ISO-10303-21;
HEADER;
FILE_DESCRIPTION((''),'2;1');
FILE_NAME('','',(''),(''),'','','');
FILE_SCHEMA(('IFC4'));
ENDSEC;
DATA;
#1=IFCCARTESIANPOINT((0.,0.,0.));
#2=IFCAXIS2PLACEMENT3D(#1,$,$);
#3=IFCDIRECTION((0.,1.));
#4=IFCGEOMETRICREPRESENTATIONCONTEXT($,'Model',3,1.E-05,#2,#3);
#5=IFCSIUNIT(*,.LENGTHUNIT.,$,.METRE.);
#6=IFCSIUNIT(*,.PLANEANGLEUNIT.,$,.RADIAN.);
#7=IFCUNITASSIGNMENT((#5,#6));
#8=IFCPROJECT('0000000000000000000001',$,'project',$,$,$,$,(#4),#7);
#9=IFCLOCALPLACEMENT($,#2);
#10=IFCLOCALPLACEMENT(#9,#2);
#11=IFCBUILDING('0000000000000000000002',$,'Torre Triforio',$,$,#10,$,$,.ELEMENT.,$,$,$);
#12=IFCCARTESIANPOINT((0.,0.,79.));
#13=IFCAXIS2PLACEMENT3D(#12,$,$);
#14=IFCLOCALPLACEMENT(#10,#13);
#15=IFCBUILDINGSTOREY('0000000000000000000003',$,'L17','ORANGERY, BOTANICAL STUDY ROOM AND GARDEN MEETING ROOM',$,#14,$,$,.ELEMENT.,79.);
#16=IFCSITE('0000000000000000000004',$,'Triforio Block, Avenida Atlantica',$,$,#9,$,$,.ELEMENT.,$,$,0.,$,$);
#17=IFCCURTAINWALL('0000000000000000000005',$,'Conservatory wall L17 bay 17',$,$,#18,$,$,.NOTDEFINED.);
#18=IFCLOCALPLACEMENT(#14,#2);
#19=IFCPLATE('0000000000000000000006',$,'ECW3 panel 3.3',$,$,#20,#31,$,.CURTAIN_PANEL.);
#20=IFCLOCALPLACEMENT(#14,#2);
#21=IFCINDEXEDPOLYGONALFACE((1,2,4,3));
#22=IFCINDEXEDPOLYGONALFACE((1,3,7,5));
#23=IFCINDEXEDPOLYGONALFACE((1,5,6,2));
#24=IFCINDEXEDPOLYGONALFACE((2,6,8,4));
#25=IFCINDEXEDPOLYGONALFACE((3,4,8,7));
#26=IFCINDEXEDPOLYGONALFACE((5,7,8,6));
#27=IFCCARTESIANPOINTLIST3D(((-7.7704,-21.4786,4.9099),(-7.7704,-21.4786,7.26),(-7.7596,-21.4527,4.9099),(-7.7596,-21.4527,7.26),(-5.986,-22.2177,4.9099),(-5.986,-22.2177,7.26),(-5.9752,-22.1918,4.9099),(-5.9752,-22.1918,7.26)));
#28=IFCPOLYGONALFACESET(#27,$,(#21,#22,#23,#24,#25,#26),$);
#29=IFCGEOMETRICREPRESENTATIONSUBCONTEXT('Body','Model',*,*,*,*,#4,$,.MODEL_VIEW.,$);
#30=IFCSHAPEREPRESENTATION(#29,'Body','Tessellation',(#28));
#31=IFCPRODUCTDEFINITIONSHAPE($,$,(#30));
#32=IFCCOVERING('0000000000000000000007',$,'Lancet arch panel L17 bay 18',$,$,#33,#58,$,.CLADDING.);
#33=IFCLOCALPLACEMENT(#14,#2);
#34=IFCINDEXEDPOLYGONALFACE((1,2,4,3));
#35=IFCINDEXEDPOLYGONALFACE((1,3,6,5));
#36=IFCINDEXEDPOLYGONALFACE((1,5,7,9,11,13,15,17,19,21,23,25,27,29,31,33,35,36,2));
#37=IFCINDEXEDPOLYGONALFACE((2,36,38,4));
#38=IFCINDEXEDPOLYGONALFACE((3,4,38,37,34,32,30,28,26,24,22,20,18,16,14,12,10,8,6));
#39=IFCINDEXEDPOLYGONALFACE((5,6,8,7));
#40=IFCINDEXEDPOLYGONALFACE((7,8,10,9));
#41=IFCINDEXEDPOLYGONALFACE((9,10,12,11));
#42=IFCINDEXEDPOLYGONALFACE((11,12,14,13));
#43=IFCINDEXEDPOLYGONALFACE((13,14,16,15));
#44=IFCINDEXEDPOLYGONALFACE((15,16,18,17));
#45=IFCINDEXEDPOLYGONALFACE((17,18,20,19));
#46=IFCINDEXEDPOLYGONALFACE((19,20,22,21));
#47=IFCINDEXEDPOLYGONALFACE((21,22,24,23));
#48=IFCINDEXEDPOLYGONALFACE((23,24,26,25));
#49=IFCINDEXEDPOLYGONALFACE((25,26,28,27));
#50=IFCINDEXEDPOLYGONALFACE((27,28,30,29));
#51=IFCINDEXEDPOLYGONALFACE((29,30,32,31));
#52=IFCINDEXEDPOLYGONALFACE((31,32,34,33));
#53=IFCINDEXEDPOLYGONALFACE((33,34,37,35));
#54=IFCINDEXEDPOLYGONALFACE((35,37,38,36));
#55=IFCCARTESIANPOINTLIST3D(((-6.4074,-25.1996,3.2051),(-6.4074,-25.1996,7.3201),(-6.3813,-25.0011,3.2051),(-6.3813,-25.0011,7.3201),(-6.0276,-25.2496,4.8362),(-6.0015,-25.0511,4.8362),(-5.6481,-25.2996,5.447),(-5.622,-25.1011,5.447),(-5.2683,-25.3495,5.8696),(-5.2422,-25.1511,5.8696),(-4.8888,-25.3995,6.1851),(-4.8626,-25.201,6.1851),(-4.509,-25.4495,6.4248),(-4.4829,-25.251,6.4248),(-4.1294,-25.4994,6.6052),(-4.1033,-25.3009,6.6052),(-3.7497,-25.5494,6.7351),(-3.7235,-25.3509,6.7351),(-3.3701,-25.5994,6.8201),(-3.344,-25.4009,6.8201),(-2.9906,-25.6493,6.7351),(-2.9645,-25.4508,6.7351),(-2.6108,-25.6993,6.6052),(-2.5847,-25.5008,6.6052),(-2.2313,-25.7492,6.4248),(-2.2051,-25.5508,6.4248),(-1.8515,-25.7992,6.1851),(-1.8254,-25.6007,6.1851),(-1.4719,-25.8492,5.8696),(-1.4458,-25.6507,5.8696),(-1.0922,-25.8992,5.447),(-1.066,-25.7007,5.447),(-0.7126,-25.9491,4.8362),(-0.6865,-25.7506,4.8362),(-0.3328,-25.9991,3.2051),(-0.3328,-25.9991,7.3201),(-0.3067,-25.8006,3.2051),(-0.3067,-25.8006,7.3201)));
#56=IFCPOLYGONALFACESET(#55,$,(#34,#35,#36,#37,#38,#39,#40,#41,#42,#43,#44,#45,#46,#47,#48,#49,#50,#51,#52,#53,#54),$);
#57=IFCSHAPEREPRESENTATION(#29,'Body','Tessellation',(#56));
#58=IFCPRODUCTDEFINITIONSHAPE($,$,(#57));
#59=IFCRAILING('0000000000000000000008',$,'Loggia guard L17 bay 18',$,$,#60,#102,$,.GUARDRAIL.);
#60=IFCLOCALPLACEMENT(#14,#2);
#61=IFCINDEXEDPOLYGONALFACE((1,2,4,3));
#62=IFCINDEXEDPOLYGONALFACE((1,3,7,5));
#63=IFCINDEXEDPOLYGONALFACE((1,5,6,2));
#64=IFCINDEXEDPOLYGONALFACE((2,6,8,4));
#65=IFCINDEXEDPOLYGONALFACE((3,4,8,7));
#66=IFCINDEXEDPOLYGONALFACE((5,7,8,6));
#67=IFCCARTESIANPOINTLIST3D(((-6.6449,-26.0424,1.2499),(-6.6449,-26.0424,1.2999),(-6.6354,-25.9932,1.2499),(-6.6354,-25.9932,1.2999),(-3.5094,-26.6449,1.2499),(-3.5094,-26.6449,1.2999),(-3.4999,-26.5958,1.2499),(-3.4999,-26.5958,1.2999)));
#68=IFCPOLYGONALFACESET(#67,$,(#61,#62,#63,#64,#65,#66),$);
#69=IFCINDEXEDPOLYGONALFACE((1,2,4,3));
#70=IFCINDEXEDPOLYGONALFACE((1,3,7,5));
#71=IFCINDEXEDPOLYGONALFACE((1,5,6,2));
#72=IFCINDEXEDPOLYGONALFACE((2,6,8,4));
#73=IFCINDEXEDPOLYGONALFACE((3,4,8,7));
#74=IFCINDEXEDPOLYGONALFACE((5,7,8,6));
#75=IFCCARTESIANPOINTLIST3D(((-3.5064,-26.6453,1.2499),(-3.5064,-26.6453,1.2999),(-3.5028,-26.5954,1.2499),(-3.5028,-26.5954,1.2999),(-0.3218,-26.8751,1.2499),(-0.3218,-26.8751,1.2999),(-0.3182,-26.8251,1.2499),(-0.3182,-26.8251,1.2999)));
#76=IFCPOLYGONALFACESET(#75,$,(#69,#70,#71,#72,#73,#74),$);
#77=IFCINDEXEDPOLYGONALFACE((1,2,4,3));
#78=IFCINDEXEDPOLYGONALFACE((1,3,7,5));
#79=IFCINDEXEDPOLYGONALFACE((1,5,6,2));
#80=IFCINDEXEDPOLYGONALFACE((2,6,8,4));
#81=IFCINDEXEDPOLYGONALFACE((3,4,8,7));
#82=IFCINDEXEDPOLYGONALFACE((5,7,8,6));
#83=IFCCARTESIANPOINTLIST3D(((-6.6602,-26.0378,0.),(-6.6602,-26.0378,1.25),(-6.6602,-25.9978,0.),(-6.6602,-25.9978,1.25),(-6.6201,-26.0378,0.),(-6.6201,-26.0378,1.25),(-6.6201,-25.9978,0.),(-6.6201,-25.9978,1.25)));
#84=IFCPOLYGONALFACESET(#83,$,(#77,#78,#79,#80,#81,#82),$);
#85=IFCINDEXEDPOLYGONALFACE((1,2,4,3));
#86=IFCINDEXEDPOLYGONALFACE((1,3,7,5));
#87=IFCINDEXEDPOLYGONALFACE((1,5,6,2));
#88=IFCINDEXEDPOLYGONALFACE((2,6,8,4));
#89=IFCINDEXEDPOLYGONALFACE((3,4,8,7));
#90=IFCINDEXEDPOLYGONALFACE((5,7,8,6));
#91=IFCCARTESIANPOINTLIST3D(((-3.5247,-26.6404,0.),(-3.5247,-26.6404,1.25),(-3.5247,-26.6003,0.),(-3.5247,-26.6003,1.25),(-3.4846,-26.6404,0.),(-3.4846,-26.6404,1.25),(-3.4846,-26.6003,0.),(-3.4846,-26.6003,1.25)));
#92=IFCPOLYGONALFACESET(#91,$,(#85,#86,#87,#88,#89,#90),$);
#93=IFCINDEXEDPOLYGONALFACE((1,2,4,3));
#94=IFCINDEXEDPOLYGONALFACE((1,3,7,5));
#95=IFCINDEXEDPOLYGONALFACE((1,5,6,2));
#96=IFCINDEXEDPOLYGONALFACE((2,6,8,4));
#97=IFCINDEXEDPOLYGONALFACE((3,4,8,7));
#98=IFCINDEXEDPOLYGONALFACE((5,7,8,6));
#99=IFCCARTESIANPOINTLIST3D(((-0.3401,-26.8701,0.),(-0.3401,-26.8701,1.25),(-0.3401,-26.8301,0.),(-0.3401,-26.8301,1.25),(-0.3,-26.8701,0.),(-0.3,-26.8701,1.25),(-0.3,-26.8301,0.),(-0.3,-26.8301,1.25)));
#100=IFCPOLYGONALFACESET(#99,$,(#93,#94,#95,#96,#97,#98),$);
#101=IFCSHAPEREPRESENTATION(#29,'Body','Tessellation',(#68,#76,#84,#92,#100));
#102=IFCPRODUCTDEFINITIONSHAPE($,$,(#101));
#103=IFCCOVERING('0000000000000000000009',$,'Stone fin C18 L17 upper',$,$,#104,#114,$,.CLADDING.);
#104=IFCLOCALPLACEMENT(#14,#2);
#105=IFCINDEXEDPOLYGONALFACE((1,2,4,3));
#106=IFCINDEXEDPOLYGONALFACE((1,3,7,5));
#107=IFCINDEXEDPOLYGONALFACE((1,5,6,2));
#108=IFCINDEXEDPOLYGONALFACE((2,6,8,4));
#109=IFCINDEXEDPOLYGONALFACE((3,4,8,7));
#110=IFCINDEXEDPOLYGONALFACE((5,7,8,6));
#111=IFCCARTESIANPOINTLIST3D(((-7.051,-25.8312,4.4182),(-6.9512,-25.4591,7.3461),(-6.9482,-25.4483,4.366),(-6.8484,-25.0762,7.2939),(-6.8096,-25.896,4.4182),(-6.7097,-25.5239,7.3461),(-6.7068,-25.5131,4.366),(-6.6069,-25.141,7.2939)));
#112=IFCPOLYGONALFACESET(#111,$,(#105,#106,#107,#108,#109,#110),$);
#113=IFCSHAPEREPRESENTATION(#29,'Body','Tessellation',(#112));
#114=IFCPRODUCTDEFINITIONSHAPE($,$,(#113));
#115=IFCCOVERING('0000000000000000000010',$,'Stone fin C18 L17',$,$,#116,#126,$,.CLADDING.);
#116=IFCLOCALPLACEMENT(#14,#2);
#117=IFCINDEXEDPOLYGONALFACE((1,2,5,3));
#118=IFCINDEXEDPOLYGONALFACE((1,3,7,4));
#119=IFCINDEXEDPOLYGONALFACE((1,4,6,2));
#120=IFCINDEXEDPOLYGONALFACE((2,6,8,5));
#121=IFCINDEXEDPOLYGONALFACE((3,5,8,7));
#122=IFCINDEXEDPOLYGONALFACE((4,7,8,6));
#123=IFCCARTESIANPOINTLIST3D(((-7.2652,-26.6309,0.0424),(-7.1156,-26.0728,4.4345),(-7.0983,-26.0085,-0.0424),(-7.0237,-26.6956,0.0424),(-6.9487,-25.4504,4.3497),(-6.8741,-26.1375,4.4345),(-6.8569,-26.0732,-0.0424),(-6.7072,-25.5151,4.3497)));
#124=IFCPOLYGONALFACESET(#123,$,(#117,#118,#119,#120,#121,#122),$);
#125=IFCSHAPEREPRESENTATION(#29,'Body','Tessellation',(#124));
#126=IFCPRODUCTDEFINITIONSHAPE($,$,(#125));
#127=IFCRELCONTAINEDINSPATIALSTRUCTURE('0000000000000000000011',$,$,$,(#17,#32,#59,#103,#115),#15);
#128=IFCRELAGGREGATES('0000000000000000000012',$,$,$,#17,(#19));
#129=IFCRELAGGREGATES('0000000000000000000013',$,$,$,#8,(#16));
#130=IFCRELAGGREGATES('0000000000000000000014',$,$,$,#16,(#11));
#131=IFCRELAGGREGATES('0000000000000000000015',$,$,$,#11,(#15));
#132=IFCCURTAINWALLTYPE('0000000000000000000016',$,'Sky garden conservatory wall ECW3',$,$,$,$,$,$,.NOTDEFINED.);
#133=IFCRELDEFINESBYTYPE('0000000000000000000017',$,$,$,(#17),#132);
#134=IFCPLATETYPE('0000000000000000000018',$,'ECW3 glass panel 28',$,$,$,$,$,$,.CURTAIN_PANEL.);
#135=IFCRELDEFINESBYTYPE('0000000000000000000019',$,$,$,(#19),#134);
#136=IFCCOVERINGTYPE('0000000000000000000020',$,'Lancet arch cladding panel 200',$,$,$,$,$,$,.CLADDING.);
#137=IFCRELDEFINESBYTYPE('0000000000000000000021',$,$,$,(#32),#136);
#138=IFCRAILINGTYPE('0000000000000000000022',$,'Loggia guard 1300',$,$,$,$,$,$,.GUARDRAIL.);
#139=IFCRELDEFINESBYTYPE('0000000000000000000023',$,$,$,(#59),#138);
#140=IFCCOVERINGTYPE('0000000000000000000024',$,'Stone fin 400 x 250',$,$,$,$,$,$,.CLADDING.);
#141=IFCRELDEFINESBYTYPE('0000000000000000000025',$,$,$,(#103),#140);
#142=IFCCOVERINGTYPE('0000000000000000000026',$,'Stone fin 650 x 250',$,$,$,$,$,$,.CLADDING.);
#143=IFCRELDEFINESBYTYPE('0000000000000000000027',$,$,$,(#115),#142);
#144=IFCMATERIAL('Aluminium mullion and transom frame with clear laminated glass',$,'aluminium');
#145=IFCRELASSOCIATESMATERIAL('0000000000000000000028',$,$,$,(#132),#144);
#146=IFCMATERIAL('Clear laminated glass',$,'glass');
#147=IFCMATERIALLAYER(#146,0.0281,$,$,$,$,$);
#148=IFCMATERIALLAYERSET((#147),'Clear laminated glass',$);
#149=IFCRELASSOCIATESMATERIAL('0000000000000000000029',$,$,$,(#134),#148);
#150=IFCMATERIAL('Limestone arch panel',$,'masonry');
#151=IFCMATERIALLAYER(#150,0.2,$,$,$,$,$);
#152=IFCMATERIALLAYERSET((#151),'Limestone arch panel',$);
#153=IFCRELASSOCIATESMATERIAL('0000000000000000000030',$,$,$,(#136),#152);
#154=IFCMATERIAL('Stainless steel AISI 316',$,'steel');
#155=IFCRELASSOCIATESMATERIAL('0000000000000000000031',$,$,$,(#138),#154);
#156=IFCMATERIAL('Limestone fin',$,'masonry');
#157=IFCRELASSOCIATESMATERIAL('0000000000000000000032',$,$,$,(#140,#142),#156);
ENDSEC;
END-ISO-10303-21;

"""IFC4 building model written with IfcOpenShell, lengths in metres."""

from ifc_helpers import new_model, si_unit, direction, frame, origin, origin_2d, place, context, subcontext, project, spatial, polyline, rectangle, outline, extrude, material, layer, layer_set, material_profile, profile_set, type_object, element, aggregate, save


model = new_model("IFC4")

# Units and contexts
model_context = context("Model", 3, precision=1e-05, world=origin(), true_north=direction((0.0, 1.0)))
body_context = subcontext(model_context, "Body", "Model", "MODEL_VIEW")
ifc_project = project(units=[si_unit("LENGTHUNIT", "METRE"), si_unit("PLANEANGLEUNIT", "RADIAN")], contexts=[model_context])

# Site, building, storey
site_placement = place(None, origin())
site = spatial("IfcSite", under=ifc_project, at=site_placement, Name="Triforio Block, Avenida Atlantica", CompositionType="ELEMENT", RefElevation=0.0)
building_placement = place(site_placement, origin())
building = spatial("IfcBuilding", under=site, at=building_placement, Name="Torre Triforio", CompositionType="ELEMENT")
storey_placement = place(building_placement, frame((0.0, 0.0, 79.0)))
storey = spatial("IfcBuildingStorey", under=building, at=storey_placement, Name="L17", Description="ORANGERY, BOTANICAL STUDY ROOM AND GARDEN MEETING ROOM", CompositionType="ELEMENT", Elevation=79.0)

# Curtain wall
ifc_material_1 = material(Name="Aluminium mullion and transom frame with clear laminated glass", Category="aluminium")
curtain_wall_type = type_object("IfcCurtainWallType", Name="Sky garden conservatory wall ECW3", PredefinedType="NOTDEFINED", material=ifc_material_1)
curtain_wall_placement = place(storey_placement, origin())
curtain_wall = element("IfcCurtainWall", 1, at=curtain_wall_placement, inside=storey, type_object=curtain_wall_type, Name="Conservatory wall L17 bay 17", PredefinedType="NOTDEFINED")

# Plate
ifc_material_2 = material(Name="Clear laminated glass", Category="glass")
ifc_layer_1 = layer(ifc_material_2, 0.0281)
ifc_layer_set_1 = layer_set([ifc_layer_1], Name="Clear laminated glass")
plate_type = type_object("IfcPlateType", Name="ECW3 glass panel 28", PredefinedType="CURTAIN_PANEL", material=ifc_layer_set_1)
plate_1_placement = place(storey_placement, frame((-6.8728, -21.8352, 4.9099), z_axis=(0.0, 0.0, 1.0), x_axis=(0.923878, -0.382687, 0.0)))
plate_1 = element("IfcPlate", 2, at=plate_1_placement, type_object=plate_type, Name="ECW3 panel 3.3", PredefinedType="CURTAIN_PANEL", context=body_context, shape_type="SweptSolid", body=[
    extrude(rectangle(XDim=1.9314, YDim=0.0281, at=origin_2d()), origin(), (0.0, 0.0, 1.0), 2.3501),
])
aggregate(curtain_wall, [plate_1])

# Covering
ifc_material_3 = material(Name="Limestone arch panel", Category="masonry")
ifc_layer_2 = layer(ifc_material_3, 0.2)
ifc_layer_set_2 = layer_set([ifc_layer_2], Name="Limestone arch panel")
covering_type_1 = type_object("IfcCoveringType", Name="Lancet arch cladding panel 200", PredefinedType="CLADDING", material=ifc_layer_set_2)
covering_1_placement = place(storey_placement, frame((-3.344, -25.4009, 0.0), z_axis=(-0.130486, -0.99145, 0.0), x_axis=(0.99145, -0.130486, 0.0)))
element("IfcCovering", 3, at=covering_1_placement, inside=storey, type_object=covering_type_1, Name="Lancet arch panel L17 bay 18", PredefinedType="CLADDING", context=body_context, shape_type="SweptSolid", body=[
    extrude(outline(polyline([(-3.0635, 7.3201), (-3.0635, 3.2051), (-2.6804, 4.8362), (-2.2976, 5.447), (-1.9146, 5.8696), (-1.5317, 6.1851), (-1.1487, 6.4248), (-0.7659, 6.6052), (-0.3828, 6.7351), (0.0, 6.8201), (0.3828, 6.7351), (0.7659, 6.6052), (1.1487, 6.4248), (1.5317, 6.1851), (1.9146, 5.8696), (2.2976, 5.447), (2.6804, 4.8362), (3.0635, 3.2051), (3.0635, 7.3201), (-3.0635, 7.3201)])), origin(), (0.0, 0.0, 1.0), 0.2002),
])

# Railing
ifc_material_4 = material(Name="Stainless steel AISI 316", Category="steel")
railing_type = type_object("IfcRailingType", Name="Loggia guard 1300", PredefinedType="GUARDRAIL", material=ifc_material_4)
railing_placement = place(storey_placement, frame((-6.6401, -26.0178, 0.0)))
element("IfcRailing", 4, at=railing_placement, inside=storey, type_object=railing_type, Name="Loggia guard L17 bay 18", PredefinedType="GUARDRAIL", context=body_context, shape_type="SweptSolid", body=[
    extrude(rectangle(XDim=0.05, YDim=0.05, at=origin_2d()), frame((0.0, 0.0, 1.2749), z_axis=(0.982032, -0.188714, 0.0), x_axis=(0.188714, 0.982032, 0.0)), (0.0, 0.0, 1.0), 3.1929),
    extrude(rectangle(XDim=0.05, YDim=0.05, at=origin_2d()), frame((3.1355, -0.6025, 1.2749), z_axis=(0.997408, -0.071953, 0.0), x_axis=(0.071953, 0.997408, 0.0)), (0.0, 0.0, 1.0), 3.1929),
    extrude(rectangle(XDim=0.04, YDim=0.04, at=origin_2d()), origin(), (0.0, 0.0, 1.0), 1.25),
    extrude(rectangle(XDim=0.04, YDim=0.04, at=origin_2d()), frame((3.1355, -0.6025, 0.0)), (0.0, 0.0, 1.0), 1.25),
    extrude(rectangle(XDim=0.04, YDim=0.04, at=origin_2d()), frame((6.3201, -0.8323, 0.0)), (0.0, 0.0, 1.0), 1.25),
])

# Coverings
ifc_material_5 = material(Name="Limestone fin", Category="masonry")
ifc_material_profile_1 = material_profile(ifc_material_5, rectangle(XDim=0.3999, YDim=0.25, at=origin_2d()), Name="FIN 400x250")
ifc_profile_set_1 = profile_set([ifc_material_profile_1], Name="Limestone fin")
covering_type_2 = type_object("IfcCoveringType", Name="Stone fin 400 x 250", PredefinedType="CLADDING", material=ifc_profile_set_1)
covering_2_placement = place(storey_placement, frame((-6.8789, -25.6721, 4.3921), z_axis=(0.033812, 0.125988, 0.991455), x_axis=(-0.256986, -0.957571, 0.130447)))
element("IfcCovering", 5, at=covering_2_placement, inside=storey, type_object=covering_type_2, Name="Stone fin C18 L17 upper", PredefinedType="CLADDING", context=body_context, shape_type="SweptSolid", body=[
    extrude(rectangle(XDim=0.3999, YDim=0.25, at=origin_2d()), origin(), (0.0, 0.0, 1.0), 2.9531),
])
ifc_material_profile_2 = material_profile(ifc_material_5, rectangle(XDim=0.6499, YDim=0.25, at=origin_2d()), Name="FIN 650x250")
ifc_profile_set_2 = profile_set([ifc_material_profile_2], Name="Limestone fin")
covering_type_3 = type_object("IfcCoveringType", Name="Stone fin 650 x 250", PredefinedType="CLADDING", material=ifc_profile_set_2)
covering_3_placement = place(storey_placement, frame((-7.061, -26.3521, 0.0), z_axis=(0.033783, 0.125985, 0.991457), x_axis=(-0.256791, -0.957625, 0.130436)))
element("IfcCovering", 6, at=covering_3_placement, inside=storey, type_object=covering_type_3, Name="Stone fin C18 L17", PredefinedType="CLADDING", context=body_context, shape_type="SweptSolid", body=[
    extrude(rectangle(XDim=0.6499, YDim=0.25, at=origin_2d()), origin(), (0.0, 0.0, 1.0), 4.4299),
])

save(model, "model.ifc")
